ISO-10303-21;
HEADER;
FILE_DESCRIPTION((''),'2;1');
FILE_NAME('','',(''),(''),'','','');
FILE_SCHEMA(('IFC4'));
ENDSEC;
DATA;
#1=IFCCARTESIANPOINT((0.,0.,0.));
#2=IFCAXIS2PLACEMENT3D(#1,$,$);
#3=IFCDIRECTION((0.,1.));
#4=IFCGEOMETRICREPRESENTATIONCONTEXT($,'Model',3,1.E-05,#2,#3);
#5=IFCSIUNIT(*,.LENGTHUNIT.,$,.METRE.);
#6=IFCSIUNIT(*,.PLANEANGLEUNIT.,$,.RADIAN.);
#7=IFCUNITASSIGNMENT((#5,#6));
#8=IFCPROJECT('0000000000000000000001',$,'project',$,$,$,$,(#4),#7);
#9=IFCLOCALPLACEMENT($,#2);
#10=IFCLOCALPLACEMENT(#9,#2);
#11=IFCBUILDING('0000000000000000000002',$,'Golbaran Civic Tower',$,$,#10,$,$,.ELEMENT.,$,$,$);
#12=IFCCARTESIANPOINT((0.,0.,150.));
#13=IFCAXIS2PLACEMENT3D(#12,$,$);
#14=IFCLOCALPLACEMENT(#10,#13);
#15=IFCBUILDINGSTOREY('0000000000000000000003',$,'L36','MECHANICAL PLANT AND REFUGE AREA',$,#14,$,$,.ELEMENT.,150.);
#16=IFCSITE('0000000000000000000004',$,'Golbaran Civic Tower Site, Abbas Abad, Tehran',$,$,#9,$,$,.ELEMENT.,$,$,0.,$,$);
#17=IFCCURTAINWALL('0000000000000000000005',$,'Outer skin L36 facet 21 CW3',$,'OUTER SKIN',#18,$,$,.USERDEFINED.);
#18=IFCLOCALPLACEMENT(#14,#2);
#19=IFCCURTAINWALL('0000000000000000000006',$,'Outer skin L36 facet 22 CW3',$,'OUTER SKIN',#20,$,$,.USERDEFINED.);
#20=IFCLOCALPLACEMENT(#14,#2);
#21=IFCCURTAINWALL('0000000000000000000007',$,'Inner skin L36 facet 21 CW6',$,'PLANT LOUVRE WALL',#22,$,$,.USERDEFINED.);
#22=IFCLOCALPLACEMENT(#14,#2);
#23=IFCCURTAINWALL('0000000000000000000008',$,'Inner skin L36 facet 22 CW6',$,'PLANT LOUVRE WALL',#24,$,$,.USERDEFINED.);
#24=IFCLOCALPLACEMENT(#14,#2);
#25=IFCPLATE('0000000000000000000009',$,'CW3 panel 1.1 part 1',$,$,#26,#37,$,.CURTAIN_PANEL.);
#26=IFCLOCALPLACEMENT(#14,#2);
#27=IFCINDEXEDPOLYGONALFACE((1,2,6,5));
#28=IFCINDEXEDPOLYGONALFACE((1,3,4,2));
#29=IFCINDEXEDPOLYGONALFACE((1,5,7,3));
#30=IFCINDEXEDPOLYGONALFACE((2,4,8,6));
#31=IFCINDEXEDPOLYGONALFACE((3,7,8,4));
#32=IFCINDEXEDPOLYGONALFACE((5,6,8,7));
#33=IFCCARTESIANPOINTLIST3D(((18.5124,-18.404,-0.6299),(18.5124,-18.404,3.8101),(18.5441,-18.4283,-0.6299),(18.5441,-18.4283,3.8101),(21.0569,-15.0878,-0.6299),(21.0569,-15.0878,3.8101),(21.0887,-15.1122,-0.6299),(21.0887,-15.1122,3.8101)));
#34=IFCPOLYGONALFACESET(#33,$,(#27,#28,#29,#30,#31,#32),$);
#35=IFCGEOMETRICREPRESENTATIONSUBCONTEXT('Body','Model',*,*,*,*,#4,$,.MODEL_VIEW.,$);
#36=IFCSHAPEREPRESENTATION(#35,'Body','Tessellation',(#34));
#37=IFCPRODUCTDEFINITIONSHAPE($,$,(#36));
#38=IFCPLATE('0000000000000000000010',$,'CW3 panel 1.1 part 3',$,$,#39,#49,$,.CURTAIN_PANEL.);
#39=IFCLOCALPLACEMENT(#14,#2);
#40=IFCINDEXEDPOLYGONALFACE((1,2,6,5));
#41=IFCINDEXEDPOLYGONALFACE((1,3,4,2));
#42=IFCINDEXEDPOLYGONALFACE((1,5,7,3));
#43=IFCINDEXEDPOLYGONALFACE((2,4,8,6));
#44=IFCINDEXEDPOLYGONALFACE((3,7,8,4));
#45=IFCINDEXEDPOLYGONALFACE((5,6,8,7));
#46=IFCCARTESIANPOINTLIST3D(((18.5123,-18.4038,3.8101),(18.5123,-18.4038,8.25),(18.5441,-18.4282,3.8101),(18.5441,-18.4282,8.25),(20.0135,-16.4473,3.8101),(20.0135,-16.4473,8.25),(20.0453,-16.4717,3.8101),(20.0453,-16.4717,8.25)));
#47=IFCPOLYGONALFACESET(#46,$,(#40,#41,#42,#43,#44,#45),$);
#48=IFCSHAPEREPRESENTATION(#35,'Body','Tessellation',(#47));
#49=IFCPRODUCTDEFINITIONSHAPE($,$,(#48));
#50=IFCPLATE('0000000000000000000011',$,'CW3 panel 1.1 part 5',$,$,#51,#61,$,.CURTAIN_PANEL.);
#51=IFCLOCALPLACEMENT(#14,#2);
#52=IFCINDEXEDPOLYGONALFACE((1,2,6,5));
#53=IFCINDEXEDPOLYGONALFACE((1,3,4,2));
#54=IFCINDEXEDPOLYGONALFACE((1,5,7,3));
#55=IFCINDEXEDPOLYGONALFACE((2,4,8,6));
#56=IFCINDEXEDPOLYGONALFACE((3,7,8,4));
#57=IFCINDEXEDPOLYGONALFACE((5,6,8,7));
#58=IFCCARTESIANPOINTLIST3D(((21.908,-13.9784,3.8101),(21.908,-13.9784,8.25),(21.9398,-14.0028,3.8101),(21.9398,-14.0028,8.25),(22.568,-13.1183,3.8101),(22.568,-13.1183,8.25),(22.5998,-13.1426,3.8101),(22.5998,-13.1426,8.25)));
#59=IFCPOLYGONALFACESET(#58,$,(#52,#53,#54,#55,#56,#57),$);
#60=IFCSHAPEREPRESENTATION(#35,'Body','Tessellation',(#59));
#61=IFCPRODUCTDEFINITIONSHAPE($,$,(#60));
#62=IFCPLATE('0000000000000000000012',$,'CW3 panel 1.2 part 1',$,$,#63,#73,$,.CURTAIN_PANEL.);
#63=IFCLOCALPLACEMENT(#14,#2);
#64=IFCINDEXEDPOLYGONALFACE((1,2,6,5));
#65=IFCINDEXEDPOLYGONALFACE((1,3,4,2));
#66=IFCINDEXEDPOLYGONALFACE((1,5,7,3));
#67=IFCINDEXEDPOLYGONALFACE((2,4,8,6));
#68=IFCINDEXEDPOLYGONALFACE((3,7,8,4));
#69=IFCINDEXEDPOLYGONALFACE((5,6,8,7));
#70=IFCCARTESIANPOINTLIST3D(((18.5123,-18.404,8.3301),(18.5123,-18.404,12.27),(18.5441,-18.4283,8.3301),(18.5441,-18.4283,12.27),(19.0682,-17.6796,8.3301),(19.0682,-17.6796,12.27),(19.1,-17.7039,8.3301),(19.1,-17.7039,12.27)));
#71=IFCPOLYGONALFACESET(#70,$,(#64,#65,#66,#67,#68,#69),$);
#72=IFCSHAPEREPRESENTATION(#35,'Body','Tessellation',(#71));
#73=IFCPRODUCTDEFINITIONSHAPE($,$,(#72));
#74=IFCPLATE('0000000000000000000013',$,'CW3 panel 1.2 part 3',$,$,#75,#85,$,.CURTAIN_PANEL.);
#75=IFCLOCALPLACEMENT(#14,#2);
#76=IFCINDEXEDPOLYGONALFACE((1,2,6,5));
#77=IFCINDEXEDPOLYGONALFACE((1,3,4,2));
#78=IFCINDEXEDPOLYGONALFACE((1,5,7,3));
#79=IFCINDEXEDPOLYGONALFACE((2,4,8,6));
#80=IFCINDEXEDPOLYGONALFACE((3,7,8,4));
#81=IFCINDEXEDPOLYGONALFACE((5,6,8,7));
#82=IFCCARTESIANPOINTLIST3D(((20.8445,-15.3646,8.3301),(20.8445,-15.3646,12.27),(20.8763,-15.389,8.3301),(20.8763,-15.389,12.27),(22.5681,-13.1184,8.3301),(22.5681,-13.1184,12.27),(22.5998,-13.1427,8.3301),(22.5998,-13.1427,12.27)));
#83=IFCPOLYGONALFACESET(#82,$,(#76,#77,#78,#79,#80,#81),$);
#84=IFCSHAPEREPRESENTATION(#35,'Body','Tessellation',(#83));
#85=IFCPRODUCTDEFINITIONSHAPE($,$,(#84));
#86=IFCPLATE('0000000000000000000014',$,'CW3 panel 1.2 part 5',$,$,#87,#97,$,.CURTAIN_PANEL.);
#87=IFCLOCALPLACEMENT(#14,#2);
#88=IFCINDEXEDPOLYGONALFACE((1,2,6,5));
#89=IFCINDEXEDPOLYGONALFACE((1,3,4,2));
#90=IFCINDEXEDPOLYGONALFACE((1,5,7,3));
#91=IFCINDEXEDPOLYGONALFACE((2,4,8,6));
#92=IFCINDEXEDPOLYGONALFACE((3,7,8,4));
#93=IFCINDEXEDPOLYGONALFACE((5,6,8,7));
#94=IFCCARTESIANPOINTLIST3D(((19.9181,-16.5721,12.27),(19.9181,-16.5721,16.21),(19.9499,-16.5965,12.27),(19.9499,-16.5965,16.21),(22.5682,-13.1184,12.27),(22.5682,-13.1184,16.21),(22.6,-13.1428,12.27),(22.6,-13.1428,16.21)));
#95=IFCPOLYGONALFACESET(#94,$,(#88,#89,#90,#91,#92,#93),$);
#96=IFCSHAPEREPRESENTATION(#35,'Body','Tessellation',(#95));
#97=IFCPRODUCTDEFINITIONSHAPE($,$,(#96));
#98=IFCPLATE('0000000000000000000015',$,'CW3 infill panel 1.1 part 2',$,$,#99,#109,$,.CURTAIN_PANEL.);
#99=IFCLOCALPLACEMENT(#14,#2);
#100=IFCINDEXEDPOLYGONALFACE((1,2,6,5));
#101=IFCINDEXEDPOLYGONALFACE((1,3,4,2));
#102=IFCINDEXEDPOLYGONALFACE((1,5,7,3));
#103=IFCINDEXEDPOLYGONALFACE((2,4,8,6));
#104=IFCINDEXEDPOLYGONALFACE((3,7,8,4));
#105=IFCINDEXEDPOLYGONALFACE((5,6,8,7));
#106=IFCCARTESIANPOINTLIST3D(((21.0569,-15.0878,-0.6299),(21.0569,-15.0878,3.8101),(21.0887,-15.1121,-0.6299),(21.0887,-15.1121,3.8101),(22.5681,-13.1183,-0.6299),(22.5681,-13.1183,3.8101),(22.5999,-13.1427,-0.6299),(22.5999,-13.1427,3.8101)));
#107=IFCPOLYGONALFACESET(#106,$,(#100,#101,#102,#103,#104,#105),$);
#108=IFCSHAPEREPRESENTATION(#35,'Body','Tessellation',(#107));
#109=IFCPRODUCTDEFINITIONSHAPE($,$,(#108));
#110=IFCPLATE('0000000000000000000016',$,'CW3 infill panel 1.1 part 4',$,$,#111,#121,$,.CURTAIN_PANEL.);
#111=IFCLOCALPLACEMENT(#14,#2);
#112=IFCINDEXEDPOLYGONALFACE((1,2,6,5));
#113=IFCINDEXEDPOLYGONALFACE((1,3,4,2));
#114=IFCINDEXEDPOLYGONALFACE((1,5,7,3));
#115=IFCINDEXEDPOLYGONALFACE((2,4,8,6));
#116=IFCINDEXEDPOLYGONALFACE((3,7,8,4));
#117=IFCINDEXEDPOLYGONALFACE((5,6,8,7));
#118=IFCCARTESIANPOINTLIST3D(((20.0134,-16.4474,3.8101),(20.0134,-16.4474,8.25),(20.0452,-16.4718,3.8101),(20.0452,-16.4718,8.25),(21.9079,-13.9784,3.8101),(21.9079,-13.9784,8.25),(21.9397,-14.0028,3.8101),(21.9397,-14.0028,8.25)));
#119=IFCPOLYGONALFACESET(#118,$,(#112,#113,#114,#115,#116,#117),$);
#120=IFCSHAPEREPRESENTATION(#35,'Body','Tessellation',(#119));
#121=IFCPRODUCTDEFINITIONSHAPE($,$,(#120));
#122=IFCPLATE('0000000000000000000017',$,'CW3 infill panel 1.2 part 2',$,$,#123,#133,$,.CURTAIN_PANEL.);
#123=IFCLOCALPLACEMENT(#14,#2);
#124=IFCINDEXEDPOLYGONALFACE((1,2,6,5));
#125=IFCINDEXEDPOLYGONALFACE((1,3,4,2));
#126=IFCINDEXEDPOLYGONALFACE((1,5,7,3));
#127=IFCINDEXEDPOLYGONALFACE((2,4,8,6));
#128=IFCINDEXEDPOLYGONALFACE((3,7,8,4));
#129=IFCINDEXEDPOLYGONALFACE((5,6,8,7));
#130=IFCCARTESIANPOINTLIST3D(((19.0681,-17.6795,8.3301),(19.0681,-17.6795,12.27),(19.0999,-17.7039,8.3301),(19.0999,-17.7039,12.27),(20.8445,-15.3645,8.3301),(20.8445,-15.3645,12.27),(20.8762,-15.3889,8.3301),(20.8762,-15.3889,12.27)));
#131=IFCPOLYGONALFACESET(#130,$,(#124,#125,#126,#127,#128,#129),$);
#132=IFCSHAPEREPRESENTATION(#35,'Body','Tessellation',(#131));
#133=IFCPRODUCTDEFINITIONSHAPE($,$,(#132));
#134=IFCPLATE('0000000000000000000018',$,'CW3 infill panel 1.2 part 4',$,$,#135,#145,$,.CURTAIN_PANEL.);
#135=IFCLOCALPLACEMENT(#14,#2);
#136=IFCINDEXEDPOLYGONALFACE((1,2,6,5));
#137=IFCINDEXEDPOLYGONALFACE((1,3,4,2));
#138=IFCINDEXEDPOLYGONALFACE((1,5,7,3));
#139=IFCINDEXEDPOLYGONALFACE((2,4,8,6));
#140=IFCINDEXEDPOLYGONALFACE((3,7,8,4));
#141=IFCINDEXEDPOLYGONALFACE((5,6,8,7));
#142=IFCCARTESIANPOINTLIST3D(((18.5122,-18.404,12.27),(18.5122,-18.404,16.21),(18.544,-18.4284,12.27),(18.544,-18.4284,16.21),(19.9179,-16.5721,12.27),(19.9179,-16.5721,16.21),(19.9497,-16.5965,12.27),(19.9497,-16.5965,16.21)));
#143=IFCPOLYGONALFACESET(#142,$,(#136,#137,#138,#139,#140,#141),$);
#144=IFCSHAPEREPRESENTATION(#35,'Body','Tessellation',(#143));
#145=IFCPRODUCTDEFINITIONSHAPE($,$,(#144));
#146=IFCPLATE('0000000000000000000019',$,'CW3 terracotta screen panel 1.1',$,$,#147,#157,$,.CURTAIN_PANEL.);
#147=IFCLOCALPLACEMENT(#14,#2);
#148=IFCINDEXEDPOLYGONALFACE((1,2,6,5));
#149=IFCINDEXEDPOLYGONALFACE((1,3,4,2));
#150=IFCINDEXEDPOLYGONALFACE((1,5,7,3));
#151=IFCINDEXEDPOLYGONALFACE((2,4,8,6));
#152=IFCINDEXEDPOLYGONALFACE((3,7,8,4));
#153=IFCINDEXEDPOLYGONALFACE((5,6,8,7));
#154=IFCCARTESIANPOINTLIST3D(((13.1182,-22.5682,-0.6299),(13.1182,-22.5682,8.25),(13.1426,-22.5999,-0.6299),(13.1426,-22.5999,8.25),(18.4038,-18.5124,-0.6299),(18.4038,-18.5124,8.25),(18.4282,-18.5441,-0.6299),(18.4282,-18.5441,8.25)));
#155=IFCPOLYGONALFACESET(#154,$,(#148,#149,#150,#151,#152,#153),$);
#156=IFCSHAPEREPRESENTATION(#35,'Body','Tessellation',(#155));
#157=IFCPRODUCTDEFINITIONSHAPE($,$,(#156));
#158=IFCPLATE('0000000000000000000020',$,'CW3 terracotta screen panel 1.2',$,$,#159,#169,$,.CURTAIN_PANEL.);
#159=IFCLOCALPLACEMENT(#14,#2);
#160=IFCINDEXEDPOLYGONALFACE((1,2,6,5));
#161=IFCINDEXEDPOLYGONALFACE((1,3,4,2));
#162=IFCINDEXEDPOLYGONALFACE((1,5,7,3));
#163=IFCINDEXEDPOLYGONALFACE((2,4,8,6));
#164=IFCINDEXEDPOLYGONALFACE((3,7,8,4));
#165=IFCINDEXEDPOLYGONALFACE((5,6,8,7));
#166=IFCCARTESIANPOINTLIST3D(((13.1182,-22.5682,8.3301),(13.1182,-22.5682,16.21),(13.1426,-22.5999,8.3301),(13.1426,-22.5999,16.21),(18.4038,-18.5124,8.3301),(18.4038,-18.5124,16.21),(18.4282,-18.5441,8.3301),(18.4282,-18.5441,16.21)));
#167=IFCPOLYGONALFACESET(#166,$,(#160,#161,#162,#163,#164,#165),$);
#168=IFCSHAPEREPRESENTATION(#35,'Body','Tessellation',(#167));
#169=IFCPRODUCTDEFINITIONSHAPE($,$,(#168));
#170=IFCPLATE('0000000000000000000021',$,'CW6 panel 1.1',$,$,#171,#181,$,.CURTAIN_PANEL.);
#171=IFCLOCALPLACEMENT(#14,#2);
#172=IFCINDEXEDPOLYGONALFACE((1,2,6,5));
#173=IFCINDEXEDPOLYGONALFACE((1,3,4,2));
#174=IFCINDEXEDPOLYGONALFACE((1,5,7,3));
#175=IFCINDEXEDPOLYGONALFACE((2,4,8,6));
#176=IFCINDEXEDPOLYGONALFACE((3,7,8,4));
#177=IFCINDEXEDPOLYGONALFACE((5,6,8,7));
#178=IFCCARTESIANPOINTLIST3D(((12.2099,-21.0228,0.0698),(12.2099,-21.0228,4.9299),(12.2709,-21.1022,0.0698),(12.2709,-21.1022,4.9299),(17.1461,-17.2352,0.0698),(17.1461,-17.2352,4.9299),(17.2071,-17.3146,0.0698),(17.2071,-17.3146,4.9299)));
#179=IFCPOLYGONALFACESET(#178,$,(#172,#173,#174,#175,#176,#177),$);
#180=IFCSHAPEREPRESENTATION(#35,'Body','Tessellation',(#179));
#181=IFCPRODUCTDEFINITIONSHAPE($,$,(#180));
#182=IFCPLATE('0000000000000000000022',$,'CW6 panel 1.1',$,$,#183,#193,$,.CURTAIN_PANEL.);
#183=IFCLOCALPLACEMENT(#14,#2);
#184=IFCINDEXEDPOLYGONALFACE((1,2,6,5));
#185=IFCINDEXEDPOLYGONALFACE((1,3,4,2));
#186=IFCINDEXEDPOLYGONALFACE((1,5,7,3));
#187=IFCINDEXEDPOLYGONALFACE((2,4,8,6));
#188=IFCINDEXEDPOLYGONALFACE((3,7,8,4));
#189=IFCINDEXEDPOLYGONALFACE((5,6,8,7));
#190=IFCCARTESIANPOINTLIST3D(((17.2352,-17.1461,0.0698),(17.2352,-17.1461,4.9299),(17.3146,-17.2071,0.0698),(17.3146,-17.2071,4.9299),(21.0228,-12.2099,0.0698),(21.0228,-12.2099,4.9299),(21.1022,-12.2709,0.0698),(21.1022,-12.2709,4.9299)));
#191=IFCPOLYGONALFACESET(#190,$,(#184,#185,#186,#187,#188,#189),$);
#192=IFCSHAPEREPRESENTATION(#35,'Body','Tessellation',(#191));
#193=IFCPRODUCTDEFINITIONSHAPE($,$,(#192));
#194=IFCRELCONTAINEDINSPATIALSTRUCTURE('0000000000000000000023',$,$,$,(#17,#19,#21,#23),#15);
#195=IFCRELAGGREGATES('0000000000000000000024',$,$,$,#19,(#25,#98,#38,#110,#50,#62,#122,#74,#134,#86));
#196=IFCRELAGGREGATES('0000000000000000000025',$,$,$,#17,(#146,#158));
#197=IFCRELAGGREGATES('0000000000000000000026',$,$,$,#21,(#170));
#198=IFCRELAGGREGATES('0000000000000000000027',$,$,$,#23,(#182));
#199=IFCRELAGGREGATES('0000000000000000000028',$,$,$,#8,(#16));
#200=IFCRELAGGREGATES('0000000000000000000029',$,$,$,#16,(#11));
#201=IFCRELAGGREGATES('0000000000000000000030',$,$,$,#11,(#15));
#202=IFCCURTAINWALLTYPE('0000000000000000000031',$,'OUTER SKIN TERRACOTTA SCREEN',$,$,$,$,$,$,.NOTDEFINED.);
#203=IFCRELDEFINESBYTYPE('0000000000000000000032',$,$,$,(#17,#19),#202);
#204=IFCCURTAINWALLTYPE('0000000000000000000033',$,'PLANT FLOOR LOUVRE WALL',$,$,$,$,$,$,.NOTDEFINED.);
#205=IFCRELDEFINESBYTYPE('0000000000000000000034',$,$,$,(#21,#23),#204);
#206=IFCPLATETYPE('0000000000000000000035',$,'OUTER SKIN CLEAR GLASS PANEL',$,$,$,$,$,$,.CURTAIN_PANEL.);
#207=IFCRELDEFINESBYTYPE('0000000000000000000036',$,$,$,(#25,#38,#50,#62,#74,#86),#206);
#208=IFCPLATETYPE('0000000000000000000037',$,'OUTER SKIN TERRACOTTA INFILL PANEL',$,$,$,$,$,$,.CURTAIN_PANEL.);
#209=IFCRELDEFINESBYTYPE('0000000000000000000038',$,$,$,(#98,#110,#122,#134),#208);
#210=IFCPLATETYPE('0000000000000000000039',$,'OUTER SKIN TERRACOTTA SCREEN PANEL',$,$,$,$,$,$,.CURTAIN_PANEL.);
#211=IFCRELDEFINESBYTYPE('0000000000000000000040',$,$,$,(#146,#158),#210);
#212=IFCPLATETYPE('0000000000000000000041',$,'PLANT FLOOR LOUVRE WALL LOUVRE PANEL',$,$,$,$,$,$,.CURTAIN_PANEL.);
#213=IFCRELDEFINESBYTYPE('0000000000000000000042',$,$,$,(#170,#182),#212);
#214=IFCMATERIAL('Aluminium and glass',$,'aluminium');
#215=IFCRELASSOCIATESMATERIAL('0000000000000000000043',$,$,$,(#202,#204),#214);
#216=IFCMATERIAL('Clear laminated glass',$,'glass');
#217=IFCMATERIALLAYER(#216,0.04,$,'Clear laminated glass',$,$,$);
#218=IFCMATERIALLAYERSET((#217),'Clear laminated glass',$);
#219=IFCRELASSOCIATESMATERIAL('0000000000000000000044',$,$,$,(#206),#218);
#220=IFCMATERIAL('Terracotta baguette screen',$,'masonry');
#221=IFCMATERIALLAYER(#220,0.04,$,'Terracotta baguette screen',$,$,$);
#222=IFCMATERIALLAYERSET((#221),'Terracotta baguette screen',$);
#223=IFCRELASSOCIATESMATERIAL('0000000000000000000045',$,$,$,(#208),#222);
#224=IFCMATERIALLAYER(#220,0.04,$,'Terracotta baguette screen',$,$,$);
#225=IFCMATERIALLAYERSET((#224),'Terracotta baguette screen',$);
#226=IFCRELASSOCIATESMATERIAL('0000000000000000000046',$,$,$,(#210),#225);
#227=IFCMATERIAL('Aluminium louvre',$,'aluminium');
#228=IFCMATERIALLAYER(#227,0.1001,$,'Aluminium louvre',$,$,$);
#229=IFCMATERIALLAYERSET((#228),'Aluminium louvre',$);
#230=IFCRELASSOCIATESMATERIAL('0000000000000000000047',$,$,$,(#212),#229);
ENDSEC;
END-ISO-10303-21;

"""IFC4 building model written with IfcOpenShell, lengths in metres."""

from ifc_helpers import new_model, si_unit, direction, frame, origin, origin_2d, place, context, subcontext, project, spatial, rectangle, extrude, material, layer, layer_set, type_object, element, aggregate, save


model = new_model("IFC4")

# Units and contexts
model_context = context("Model", 3, precision=1e-05, world=origin(), true_north=direction((0.0, 1.0)))
body_context = subcontext(model_context, "Body", "Model", "MODEL_VIEW")
ifc_project = project(units=[si_unit("LENGTHUNIT", "METRE"), si_unit("PLANEANGLEUNIT", "RADIAN")], contexts=[model_context])

# Site, building, storey
site_placement = place(None, origin())
site = spatial("IfcSite", under=ifc_project, at=site_placement, Name="Golbaran Civic Tower Site, Abbas Abad, Tehran", CompositionType="ELEMENT", RefElevation=0.0)
building_placement = place(site_placement, origin())
building = spatial("IfcBuilding", under=site, at=building_placement, Name="Golbaran Civic Tower", CompositionType="ELEMENT")
storey_placement = place(building_placement, frame((0.0, 0.0, 150.0)))
storey = spatial("IfcBuildingStorey", under=building, at=storey_placement, Name="L36", Description="MECHANICAL PLANT AND REFUGE AREA", CompositionType="ELEMENT", Elevation=150.0)

# Shared definitions
ifc_material_1 = material(Name="Aluminium and glass", Category="aluminium")
curtain_wall_type_1 = type_object("IfcCurtainWallType", Name="OUTER SKIN TERRACOTTA SCREEN", PredefinedType="NOTDEFINED", material=ifc_material_1)

# Curtain walls
curtain_wall_1_placement = place(storey_placement, origin())
curtain_wall_1 = element("IfcCurtainWall", 1, at=curtain_wall_1_placement, inside=storey, type_object=curtain_wall_type_1, Name="Outer skin L36 facet 21 CW3", ObjectType="OUTER SKIN", PredefinedType="USERDEFINED")
curtain_wall_2_placement = place(storey_placement, origin())
curtain_wall_2 = element("IfcCurtainWall", 2, at=curtain_wall_2_placement, inside=storey, type_object=curtain_wall_type_1, Name="Outer skin L36 facet 22 CW3", ObjectType="OUTER SKIN", PredefinedType="USERDEFINED")

# Curtain wall
curtain_wall_type_2 = type_object("IfcCurtainWallType", Name="PLANT FLOOR LOUVRE WALL", PredefinedType="NOTDEFINED", material=ifc_material_1)
curtain_wall_3_placement = place(storey_placement, origin())
curtain_wall_3 = element("IfcCurtainWall", 3, at=curtain_wall_3_placement, inside=storey, type_object=curtain_wall_type_2, Name="Inner skin L36 facet 21 CW6", ObjectType="PLANT LOUVRE WALL", PredefinedType="USERDEFINED")

# Curtain wall
curtain_wall_4_placement = place(storey_placement, origin())
curtain_wall_4 = element("IfcCurtainWall", 4, at=curtain_wall_4_placement, inside=storey, type_object=curtain_wall_type_2, Name="Inner skin L36 facet 22 CW6", ObjectType="PLANT LOUVRE WALL", PredefinedType="USERDEFINED")

# Plates
ifc_material_2 = material(Name="Clear laminated glass", Category="glass")
ifc_layer_1 = layer(ifc_material_2, 0.04, Name="Clear laminated glass")
ifc_layer_set_1 = layer_set([ifc_layer_1], Name="Clear laminated glass")
plate_type_1 = type_object("IfcPlateType", Name="OUTER SKIN CLEAR GLASS PANEL", PredefinedType="CURTAIN_PANEL", material=ifc_layer_set_1)
plate_1_placement = place(storey_placement, frame((19.8005, -16.7581, -0.6299), z_axis=(0.0, 0.0, 1.0), x_axis=(0.608761, 0.793353, 0.0)))
plate_1 = element("IfcPlate", 5, at=plate_1_placement, type_object=plate_type_1, Name="CW3 panel 1.1 part 1", PredefinedType="CURTAIN_PANEL", context=body_context, shape_type="SweptSolid", body=[
    extrude(rectangle(XDim=4.1799, YDim=0.04, at=origin_2d()), origin(), (0.0, 0.0, 1.0), 4.4399),
])
plate_2_placement = place(storey_placement, frame((19.2788, -17.4377, 3.8101), z_axis=(0.0, 0.0, 1.0), x_axis=(0.608761, 0.793353, 0.0)))
plate_2 = element("IfcPlate", 6, at=plate_2_placement, type_object=plate_type_1, Name="CW3 panel 1.1 part 3", PredefinedType="CURTAIN_PANEL", context=body_context, shape_type="SweptSolid", body=[
    extrude(rectangle(XDim=2.4661, YDim=0.04, at=origin_2d()), origin(), (0.0, 0.0, 1.0), 4.4399),
])
plate_3_placement = place(storey_placement, frame((22.2539, -13.5605, 3.8101), z_axis=(0.0, 0.0, 1.0), x_axis=(0.608761, 0.793353, 0.0)))
plate_3 = element("IfcPlate", 7, at=plate_3_placement, type_object=plate_type_1, Name="CW3 panel 1.1 part 5", PredefinedType="CURTAIN_PANEL", context=body_context, shape_type="SweptSolid", body=[
    extrude(rectangle(XDim=1.0842, YDim=0.04, at=origin_2d()), origin(), (0.0, 0.0, 1.0), 4.4399),
])
plate_4_placement = place(storey_placement, frame((18.8062, -18.054, 8.3301), z_axis=(0.0, 0.0, 1.0), x_axis=(0.608761, 0.793353, 0.0)))
plate_4 = element("IfcPlate", 8, at=plate_4_placement, type_object=plate_type_1, Name="CW3 panel 1.2 part 1", PredefinedType="CURTAIN_PANEL", context=body_context, shape_type="SweptSolid", body=[
    extrude(rectangle(XDim=0.9131, YDim=0.04, at=origin_2d()), origin(), (0.0, 0.0, 1.0), 3.9399),
])
plate_5_placement = place(storey_placement, frame((21.7222, -14.2537, 8.3301), z_axis=(0.0, 0.0, 1.0), x_axis=(0.608761, 0.793353, 0.0)))
plate_5 = element("IfcPlate", 9, at=plate_5_placement, type_object=plate_type_1, Name="CW3 panel 1.2 part 3", PredefinedType="CURTAIN_PANEL", context=body_context, shape_type="SweptSolid", body=[
    extrude(rectangle(XDim=2.8313, YDim=0.04, at=origin_2d()), origin(), (0.0, 0.0, 1.0), 3.9399),
])
plate_6_placement = place(storey_placement, frame((21.259, -14.8574, 12.27), z_axis=(0.0, 0.0, 1.0), x_axis=(0.608761, 0.793353, 0.0)))
plate_6 = element("IfcPlate", 10, at=plate_6_placement, type_object=plate_type_1, Name="CW3 panel 1.2 part 5", PredefinedType="CURTAIN_PANEL", context=body_context, shape_type="SweptSolid", body=[
    extrude(rectangle(XDim=4.3533, YDim=0.04, at=origin_2d()), origin(), (0.0, 0.0, 1.0), 3.9399),
])
ifc_material_3 = material(Name="Terracotta baguette screen", Category="masonry")
ifc_layer_2 = layer(ifc_material_3, 0.04, Name="Terracotta baguette screen")
ifc_layer_set_2 = layer_set([ifc_layer_2], Name="Terracotta baguette screen")
plate_type_2 = type_object("IfcPlateType", Name="OUTER SKIN TERRACOTTA INFILL PANEL", PredefinedType="CURTAIN_PANEL", material=ifc_layer_set_2)
plate_7_placement = place(storey_placement, frame((21.8284, -14.1152, -0.6299), z_axis=(0.0, 0.0, 1.0), x_axis=(0.608761, 0.793353, 0.0)))
plate_7 = element("IfcPlate", 11, at=plate_7_placement, type_object=plate_type_2, Name="CW3 infill panel 1.1 part 2", PredefinedType="CURTAIN_PANEL", context=body_context, shape_type="SweptSolid", body=[
    extrude(rectangle(XDim=2.4824, YDim=0.04, at=origin_2d()), origin(), (0.0, 0.0, 1.0), 4.4399),
])
plate_8_placement = place(storey_placement, frame((20.9766, -15.2251, 3.8101), z_axis=(0.0, 0.0, 1.0), x_axis=(0.608761, 0.793353, 0.0)))
plate_8 = element("IfcPlate", 12, at=plate_8_placement, type_object=plate_type_2, Name="CW3 infill panel 1.1 part 4", PredefinedType="CURTAIN_PANEL", context=body_context, shape_type="SweptSolid", body=[
    extrude(rectangle(XDim=3.1121, YDim=0.04, at=origin_2d()), origin(), (0.0, 0.0, 1.0), 4.4399),
])
plate_9_placement = place(storey_placement, frame((19.9722, -16.5342, 8.3301), z_axis=(0.0, 0.0, 1.0), x_axis=(0.608761, 0.793353, 0.0)))
plate_9 = element("IfcPlate", 13, at=plate_9_placement, type_object=plate_type_2, Name="CW3 infill panel 1.2 part 2", PredefinedType="CURTAIN_PANEL", context=body_context, shape_type="SweptSolid", body=[
    extrude(rectangle(XDim=2.918, YDim=0.04, at=origin_2d()), origin(), (0.0, 0.0, 1.0), 3.9399),
])
plate_10_placement = place(storey_placement, frame((19.231, -17.5002, 12.27), z_axis=(0.0, 0.0, 1.0), x_axis=(0.608761, 0.793353, 0.0)))
plate_10 = element("IfcPlate", 14, at=plate_10_placement, type_object=plate_type_2, Name="CW3 infill panel 1.2 part 4", PredefinedType="CURTAIN_PANEL", context=body_context, shape_type="SweptSolid", body=[
    extrude(rectangle(XDim=2.3091, YDim=0.04, at=origin_2d()), origin(), (0.0, 0.0, 1.0), 3.9399),
])
aggregate(curtain_wall_2, [plate_1, plate_7, plate_2, plate_8, plate_3, plate_4, plate_9, plate_5, plate_10, plate_6])
ifc_layer_3 = layer(ifc_material_3, 0.04, Name="Terracotta baguette screen")
ifc_layer_set_3 = layer_set([ifc_layer_3], Name="Terracotta baguette screen")
plate_type_3 = type_object("IfcPlateType", Name="OUTER SKIN TERRACOTTA SCREEN PANEL", PredefinedType="CURTAIN_PANEL", material=ifc_layer_set_3)
plate_11_placement = place(storey_placement, frame((15.7732, -20.5562, -0.6299), z_axis=(0.0, 0.0, 1.0), x_axis=(0.793353, 0.608761, 0.0)))
plate_11 = element("IfcPlate", 15, at=plate_11_placement, type_object=plate_type_3, Name="CW3 terracotta screen panel 1.1", PredefinedType="CURTAIN_PANEL", context=body_context, shape_type="SweptSolid", body=[
    extrude(rectangle(XDim=6.6624, YDim=0.04, at=origin_2d()), origin(), (0.0, 0.0, 1.0), 8.8799),
])
plate_12_placement = place(storey_placement, frame((15.7732, -20.5562, 8.3301), z_axis=(0.0, 0.0, 1.0), x_axis=(0.793353, 0.608761, 0.0)))
plate_12 = element("IfcPlate", 16, at=plate_12_placement, type_object=plate_type_3, Name="CW3 terracotta screen panel 1.2", PredefinedType="CURTAIN_PANEL", context=body_context, shape_type="SweptSolid", body=[
    extrude(rectangle(XDim=6.6624, YDim=0.04, at=origin_2d()), origin(), (0.0, 0.0, 1.0), 7.8799),
])
aggregate(curtain_wall_1, [plate_11, plate_12])
ifc_material_4 = material(Name="Aluminium louvre", Category="aluminium")
ifc_layer_4 = layer(ifc_material_4, 0.1001, Name="Aluminium louvre")
ifc_layer_set_4 = layer_set([ifc_layer_4], Name="Aluminium louvre")
plate_type_4 = type_object("IfcPlateType", Name="PLANT FLOOR LOUVRE WALL LOUVRE PANEL", PredefinedType="CURTAIN_PANEL", material=ifc_layer_set_4)
plate_13_placement = place(storey_placement, frame((14.7085, -19.1687, 0.0698), z_axis=(0.0, 0.0, 1.0), x_axis=(0.793353, 0.608761, 0.0)))
plate_13 = element("IfcPlate", 17, at=plate_13_placement, type_object=plate_type_4, Name="CW6 panel 1.1", PredefinedType="CURTAIN_PANEL", context=body_context, shape_type="SweptSolid", body=[
    extrude(rectangle(XDim=6.2219, YDim=0.1001, at=origin_2d()), origin(), (0.0, 0.0, 1.0), 4.8601),
])
aggregate(curtain_wall_3, [plate_13])
plate_14_placement = place(storey_placement, frame((19.1687, -14.7085, 0.0698), z_axis=(0.0, 0.0, 1.0), x_axis=(0.608761, 0.793353, 0.0)))
plate_14 = element("IfcPlate", 18, at=plate_14_placement, type_object=plate_type_4, Name="CW6 panel 1.1", PredefinedType="CURTAIN_PANEL", context=body_context, shape_type="SweptSolid", body=[
    extrude(rectangle(XDim=6.2219, YDim=0.1001, at=origin_2d()), origin(), (0.0, 0.0, 1.0), 4.8601),
])
aggregate(curtain_wall_4, [plate_14])

save(model, "model.ifc")
